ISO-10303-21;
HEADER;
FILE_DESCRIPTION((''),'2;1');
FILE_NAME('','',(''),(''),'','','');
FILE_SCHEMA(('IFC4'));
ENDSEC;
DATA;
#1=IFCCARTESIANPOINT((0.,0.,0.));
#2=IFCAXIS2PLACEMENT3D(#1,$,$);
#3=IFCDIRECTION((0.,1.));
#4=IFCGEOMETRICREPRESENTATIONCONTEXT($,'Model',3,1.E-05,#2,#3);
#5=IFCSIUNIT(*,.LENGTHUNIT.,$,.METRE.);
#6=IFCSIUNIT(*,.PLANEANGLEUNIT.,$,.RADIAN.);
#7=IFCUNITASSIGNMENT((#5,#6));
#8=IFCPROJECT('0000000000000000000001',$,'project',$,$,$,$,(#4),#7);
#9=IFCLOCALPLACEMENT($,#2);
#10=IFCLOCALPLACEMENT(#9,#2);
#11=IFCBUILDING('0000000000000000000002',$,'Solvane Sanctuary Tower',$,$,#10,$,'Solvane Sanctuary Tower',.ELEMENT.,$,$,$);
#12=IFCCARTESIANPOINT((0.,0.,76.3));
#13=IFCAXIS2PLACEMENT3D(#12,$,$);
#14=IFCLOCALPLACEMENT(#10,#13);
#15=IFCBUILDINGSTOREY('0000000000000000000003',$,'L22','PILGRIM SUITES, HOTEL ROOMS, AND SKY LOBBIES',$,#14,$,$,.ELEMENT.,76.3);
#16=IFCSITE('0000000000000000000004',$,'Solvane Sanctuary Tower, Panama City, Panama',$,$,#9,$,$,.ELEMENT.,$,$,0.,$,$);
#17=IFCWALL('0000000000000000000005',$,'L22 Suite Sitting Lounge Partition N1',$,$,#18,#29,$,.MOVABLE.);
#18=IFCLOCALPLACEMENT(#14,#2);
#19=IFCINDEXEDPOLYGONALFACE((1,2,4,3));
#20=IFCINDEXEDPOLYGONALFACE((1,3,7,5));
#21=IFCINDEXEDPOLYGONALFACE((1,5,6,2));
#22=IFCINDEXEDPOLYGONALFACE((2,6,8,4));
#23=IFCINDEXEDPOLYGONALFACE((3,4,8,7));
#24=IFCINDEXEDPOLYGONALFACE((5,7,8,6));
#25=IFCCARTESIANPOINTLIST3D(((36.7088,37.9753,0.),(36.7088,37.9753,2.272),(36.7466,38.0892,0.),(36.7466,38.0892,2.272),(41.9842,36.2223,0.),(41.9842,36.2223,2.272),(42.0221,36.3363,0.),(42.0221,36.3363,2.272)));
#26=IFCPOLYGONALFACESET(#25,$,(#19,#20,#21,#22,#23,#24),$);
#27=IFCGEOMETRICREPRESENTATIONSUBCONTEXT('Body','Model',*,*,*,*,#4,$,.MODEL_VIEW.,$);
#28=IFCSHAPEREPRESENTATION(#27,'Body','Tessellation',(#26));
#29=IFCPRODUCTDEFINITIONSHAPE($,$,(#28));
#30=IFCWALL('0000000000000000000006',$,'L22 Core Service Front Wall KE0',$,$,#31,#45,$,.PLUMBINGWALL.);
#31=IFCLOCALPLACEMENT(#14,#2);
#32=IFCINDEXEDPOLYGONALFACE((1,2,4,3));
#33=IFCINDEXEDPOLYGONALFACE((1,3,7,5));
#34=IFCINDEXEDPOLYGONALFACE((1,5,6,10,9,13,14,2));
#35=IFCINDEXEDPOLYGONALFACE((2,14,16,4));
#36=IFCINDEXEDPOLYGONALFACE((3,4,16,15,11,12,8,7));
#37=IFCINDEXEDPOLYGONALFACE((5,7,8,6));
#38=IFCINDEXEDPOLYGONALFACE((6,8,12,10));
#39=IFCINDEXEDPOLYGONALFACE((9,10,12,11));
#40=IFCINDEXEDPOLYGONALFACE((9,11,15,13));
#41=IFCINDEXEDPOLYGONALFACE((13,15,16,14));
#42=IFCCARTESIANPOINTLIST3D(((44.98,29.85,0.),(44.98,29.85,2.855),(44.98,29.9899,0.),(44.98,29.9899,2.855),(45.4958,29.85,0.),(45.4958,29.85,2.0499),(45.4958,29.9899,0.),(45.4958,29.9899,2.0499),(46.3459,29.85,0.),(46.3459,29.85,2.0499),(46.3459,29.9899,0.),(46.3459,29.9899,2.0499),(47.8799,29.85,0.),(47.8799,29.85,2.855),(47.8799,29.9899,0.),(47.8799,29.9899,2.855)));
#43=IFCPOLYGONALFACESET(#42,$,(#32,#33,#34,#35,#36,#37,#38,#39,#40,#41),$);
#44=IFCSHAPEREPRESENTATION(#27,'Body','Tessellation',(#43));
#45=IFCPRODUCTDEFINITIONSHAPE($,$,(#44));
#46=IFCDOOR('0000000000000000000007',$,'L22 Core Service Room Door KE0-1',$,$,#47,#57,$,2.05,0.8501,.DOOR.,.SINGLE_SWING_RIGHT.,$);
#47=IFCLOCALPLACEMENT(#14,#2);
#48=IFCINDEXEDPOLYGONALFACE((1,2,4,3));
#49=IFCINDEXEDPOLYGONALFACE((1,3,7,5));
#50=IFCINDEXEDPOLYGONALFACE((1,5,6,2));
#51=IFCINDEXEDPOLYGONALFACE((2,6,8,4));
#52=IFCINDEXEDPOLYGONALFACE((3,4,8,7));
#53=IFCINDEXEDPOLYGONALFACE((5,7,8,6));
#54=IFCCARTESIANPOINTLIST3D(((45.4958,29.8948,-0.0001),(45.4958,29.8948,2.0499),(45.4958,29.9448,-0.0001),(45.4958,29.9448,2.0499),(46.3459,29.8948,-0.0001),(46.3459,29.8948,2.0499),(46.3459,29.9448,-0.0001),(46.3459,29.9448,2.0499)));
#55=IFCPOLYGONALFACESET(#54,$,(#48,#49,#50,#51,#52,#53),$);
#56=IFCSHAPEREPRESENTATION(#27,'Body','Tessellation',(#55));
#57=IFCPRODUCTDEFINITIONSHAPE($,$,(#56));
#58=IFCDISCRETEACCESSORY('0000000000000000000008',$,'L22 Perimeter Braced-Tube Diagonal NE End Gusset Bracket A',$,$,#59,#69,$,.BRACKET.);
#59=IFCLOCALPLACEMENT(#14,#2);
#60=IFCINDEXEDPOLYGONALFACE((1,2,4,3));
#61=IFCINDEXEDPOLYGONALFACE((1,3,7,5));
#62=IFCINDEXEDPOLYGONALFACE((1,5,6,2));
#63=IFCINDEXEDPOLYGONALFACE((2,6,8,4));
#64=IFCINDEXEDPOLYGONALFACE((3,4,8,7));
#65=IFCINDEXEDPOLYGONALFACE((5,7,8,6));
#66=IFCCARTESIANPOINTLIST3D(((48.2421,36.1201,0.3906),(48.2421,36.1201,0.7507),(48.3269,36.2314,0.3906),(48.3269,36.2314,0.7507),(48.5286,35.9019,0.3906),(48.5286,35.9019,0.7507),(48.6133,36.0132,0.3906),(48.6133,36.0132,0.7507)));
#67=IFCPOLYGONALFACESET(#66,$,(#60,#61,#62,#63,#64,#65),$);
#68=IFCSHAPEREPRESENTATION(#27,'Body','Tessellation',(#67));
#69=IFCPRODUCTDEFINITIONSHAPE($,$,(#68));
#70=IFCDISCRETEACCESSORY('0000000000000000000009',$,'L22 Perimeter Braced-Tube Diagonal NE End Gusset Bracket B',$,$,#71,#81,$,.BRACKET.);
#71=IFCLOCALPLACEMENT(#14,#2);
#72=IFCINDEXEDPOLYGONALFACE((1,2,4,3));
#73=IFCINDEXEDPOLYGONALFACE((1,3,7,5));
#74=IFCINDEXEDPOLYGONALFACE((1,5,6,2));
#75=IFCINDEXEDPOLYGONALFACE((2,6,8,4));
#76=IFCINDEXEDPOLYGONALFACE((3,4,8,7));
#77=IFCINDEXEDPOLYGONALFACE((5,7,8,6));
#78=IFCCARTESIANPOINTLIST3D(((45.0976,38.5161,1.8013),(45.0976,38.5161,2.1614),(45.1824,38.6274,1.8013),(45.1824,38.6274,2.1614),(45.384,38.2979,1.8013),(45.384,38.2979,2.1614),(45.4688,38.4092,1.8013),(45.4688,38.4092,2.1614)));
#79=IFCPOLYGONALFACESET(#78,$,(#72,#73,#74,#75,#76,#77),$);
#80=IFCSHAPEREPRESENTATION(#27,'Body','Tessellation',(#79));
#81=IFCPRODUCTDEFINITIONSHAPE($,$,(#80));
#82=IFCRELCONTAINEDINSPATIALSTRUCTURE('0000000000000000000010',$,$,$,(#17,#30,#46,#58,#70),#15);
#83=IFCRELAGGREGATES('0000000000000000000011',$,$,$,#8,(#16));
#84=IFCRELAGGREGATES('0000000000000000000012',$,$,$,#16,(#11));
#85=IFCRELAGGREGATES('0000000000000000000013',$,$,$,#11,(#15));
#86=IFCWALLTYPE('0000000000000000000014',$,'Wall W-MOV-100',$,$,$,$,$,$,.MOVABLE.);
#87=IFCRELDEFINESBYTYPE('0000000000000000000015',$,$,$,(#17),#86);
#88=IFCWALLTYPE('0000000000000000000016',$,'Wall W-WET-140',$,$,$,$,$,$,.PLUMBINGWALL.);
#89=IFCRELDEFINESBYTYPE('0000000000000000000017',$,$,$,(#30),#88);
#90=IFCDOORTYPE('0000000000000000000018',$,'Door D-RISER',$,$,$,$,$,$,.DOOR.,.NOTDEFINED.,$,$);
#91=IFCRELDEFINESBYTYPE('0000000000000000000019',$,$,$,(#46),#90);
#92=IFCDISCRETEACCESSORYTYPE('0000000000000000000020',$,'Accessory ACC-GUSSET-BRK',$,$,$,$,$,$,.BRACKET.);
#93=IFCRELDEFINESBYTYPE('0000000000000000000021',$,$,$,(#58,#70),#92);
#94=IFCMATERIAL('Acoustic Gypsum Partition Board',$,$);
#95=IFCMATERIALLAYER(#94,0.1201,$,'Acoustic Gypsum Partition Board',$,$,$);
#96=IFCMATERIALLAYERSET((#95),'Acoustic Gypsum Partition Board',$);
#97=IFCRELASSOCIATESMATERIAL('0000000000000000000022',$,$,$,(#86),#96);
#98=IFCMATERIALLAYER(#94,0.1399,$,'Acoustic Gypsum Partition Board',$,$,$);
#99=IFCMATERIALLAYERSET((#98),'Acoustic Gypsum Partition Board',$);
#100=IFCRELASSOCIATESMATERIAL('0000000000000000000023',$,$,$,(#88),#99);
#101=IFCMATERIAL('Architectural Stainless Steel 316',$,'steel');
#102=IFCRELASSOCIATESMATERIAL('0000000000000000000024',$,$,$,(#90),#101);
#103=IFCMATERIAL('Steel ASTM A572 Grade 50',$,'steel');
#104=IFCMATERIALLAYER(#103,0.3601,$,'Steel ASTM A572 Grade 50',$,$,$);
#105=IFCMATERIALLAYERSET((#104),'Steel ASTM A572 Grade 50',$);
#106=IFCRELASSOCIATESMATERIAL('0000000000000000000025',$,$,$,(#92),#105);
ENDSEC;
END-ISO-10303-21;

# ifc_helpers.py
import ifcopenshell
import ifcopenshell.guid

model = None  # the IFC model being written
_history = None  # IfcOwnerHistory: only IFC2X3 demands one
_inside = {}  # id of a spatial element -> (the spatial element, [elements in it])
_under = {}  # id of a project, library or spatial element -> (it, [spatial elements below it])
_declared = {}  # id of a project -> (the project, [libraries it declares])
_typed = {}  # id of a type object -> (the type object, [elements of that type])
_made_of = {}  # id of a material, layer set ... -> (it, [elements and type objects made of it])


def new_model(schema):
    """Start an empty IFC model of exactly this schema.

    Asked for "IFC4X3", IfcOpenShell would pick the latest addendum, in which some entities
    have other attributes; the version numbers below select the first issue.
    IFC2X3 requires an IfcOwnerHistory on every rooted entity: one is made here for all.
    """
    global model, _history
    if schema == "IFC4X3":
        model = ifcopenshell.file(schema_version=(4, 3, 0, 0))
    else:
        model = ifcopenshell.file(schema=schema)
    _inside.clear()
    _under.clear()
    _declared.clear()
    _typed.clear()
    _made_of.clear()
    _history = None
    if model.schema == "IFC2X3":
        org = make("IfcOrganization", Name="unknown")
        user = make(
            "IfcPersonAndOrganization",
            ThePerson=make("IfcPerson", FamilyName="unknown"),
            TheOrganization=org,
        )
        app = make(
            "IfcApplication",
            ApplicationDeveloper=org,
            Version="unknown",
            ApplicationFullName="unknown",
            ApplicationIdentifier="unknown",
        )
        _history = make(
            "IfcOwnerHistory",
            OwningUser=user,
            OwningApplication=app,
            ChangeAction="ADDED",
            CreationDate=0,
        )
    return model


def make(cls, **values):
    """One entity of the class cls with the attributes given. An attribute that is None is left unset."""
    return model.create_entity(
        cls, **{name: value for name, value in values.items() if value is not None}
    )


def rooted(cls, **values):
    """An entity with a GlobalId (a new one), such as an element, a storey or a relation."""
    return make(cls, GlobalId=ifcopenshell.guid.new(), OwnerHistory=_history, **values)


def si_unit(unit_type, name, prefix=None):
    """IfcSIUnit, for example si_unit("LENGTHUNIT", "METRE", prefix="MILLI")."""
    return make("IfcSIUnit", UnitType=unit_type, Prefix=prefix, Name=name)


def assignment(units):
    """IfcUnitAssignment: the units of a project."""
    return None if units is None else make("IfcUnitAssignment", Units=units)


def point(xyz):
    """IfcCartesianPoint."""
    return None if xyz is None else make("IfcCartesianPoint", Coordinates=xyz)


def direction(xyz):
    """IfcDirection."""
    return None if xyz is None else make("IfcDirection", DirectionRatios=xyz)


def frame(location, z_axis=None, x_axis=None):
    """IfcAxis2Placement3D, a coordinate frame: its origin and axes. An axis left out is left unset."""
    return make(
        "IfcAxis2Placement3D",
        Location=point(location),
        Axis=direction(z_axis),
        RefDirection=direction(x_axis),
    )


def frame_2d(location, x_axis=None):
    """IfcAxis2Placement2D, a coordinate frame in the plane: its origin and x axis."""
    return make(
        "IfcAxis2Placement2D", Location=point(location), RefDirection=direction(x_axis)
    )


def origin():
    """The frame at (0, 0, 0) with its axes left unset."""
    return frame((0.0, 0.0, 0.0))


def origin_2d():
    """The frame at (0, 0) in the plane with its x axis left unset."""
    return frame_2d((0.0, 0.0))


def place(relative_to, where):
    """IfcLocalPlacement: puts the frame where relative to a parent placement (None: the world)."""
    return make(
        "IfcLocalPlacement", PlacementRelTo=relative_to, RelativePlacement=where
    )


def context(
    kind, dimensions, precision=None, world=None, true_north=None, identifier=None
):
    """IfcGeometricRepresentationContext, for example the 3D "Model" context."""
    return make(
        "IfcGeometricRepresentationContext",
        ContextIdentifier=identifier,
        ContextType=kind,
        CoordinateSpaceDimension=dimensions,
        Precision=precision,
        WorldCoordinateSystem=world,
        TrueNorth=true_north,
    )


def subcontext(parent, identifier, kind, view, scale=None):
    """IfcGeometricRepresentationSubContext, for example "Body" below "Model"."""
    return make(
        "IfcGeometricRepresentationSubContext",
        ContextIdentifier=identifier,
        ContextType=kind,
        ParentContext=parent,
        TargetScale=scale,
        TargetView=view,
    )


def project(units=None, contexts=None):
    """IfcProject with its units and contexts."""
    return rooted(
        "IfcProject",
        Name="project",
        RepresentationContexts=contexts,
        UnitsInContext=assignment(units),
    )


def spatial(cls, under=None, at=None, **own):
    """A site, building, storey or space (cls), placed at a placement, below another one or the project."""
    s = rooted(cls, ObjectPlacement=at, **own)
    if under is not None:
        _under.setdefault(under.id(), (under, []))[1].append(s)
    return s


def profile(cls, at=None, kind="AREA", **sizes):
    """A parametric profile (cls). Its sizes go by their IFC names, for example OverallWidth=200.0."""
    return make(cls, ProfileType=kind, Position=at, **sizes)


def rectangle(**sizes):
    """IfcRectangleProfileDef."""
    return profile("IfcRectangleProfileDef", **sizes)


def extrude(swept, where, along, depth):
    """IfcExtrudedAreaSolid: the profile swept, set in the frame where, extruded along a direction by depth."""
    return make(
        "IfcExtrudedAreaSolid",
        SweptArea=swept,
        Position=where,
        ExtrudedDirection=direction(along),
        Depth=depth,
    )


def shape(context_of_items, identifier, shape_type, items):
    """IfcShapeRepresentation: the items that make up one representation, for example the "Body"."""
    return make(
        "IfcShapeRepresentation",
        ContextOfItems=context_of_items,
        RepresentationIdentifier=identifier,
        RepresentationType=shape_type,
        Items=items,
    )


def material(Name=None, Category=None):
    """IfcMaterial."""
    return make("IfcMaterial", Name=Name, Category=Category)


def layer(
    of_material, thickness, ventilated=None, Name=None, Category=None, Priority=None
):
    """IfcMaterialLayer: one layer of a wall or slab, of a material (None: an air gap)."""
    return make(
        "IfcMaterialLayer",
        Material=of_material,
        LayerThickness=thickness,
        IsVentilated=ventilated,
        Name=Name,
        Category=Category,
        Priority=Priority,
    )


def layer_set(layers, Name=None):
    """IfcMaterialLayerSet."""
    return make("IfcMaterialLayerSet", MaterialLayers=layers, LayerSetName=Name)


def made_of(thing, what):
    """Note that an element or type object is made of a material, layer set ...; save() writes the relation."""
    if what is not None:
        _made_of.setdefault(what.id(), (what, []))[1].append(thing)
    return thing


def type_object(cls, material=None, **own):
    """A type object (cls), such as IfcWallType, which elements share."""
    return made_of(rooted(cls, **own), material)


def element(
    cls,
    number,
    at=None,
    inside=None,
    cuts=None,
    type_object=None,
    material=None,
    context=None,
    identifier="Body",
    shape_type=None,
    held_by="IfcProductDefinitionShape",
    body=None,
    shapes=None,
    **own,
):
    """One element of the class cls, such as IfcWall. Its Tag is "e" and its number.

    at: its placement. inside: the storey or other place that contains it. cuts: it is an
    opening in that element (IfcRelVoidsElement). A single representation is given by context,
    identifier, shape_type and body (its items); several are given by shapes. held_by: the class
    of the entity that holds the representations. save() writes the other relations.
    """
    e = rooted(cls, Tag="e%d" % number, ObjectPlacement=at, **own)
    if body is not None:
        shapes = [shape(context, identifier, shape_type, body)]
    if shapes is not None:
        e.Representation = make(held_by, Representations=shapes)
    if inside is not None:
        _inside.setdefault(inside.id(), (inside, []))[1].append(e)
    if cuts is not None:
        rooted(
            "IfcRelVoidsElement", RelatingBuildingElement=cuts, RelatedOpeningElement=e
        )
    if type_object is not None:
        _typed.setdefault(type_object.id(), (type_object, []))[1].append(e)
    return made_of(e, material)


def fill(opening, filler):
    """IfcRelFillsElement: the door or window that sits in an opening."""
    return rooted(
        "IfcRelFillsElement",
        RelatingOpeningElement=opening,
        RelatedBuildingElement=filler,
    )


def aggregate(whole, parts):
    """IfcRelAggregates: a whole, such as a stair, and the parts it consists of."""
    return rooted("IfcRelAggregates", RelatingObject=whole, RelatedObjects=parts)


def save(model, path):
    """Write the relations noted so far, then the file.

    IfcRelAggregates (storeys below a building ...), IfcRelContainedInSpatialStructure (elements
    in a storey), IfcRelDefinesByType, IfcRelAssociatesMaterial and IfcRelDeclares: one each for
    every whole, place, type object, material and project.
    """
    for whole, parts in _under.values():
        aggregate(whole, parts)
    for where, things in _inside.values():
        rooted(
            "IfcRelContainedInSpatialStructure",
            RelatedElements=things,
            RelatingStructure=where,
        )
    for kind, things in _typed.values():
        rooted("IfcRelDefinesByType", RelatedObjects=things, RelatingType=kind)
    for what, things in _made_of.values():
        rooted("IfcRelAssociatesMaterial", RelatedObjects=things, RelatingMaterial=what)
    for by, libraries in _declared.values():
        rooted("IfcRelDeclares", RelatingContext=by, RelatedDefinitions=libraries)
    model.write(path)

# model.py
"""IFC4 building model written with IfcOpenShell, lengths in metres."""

from ifc_helpers import new_model, si_unit, direction, frame, frame_2d, origin, origin_2d, place, context, subcontext, project, spatial, rectangle, extrude, material, layer, layer_set, type_object, element, fill, save


model = new_model("IFC4")

# Units and contexts
model_context = context("Model", 3, precision=1e-05, world=origin(), true_north=direction((0.0, 1.0)))
body_context = subcontext(model_context, "Body", "Model", "MODEL_VIEW")
ifc_project = project(units=[si_unit("LENGTHUNIT", "METRE"), si_unit("PLANEANGLEUNIT", "RADIAN")], contexts=[model_context])

# Site, building, storey
site_placement = place(None, origin())
site = spatial("IfcSite", under=ifc_project, at=site_placement, Name="Solvane Sanctuary Tower, Panama City, Panama", CompositionType="ELEMENT", RefElevation=0.0)
building_placement = place(site_placement, origin())
building = spatial("IfcBuilding", under=site, at=building_placement, Name="Solvane Sanctuary Tower", LongName="Solvane Sanctuary Tower", CompositionType="ELEMENT")
storey_placement = place(building_placement, frame((0.0, 0.0, 76.3)))
storey = spatial("IfcBuildingStorey", under=building, at=storey_placement, Name="L22", Description="PILGRIM SUITES, HOTEL ROOMS, AND SKY LOBBIES", CompositionType="ELEMENT", Elevation=76.3)

# Shared definitions
ifc_material_1 = material(Name="Acoustic Gypsum Partition Board")

# Wall
ifc_layer_1 = layer(ifc_material_1, 0.1201, Name="Acoustic Gypsum Partition Board")
ifc_layer_set_1 = layer_set([ifc_layer_1], Name="Acoustic Gypsum Partition Board")
wall_type_1 = type_object("IfcWallType", Name="Wall W-MOV-100", PredefinedType="MOVABLE", material=ifc_layer_set_1)
wall_1_placement = place(storey_placement, frame((42.0032, 36.2793, 0.0), z_axis=(0.0, 0.0, 1.0), x_axis=(-0.948982, 0.315332, 0.0)))
element("IfcWall", 1, at=wall_1_placement, inside=storey, type_object=wall_type_1, Name="L22 Suite Sitting Lounge Partition N1", PredefinedType="MOVABLE", context=body_context, shape_type="SweptSolid", body=[
    extrude(rectangle(XDim=5.5591, YDim=0.1201, at=frame_2d((2.7795, 0.0))), origin(), (0.0, 0.0, 1.0), 2.272),
])

# Wall, opening, door
ifc_layer_2 = layer(ifc_material_1, 0.1399, Name="Acoustic Gypsum Partition Board")
ifc_layer_set_2 = layer_set([ifc_layer_2], Name="Acoustic Gypsum Partition Board")
wall_type_2 = type_object("IfcWallType", Name="Wall W-WET-140", PredefinedType="PLUMBINGWALL", material=ifc_layer_set_2)
wall_2_placement = place(storey_placement, frame((44.98, 29.9199, 0.0), z_axis=(0.0, 0.0, 1.0), x_axis=(1.0, 0.0, 0.0)))
wall_2 = element("IfcWall", 2, at=wall_2_placement, inside=storey, type_object=wall_type_2, Name="L22 Core Service Front Wall KE0", PredefinedType="PLUMBINGWALL", context=body_context, shape_type="SweptSolid", body=[
    extrude(rectangle(XDim=2.8999, YDim=0.1399, at=frame_2d((1.45, 0.0))), origin(), (0.0, 0.0, 1.0), 2.855),
])
opening_1_placement = place(wall_2_placement, frame((0.5159, 0.0, 0.0)))
opening_1 = element("IfcOpeningElement", 3, at=opening_1_placement, cuts=wall_2, PredefinedType="OPENING", context=body_context, shape_type="SweptSolid", body=[
    extrude(rectangle(XDim=0.8501, YDim=2.05, at=frame_2d((0.425, 1.0249))), frame((0.0, 0.0798, 0.0), z_axis=(0.0, -1.0, 0.0), x_axis=(1.0, 0.0, 0.0)), (0.0, 0.0, 1.0), 0.1599),
])
ifc_material_2 = material(Name="Architectural Stainless Steel 316", Category="steel")
door_type = type_object("IfcDoorType", Name="Door D-RISER", OperationType="NOTDEFINED", PredefinedType="DOOR", material=ifc_material_2)
door_placement = place(opening_1_placement, origin())
door = element("IfcDoor", 4, at=door_placement, inside=storey, type_object=door_type, Name="L22 Core Service Room Door KE0-1", OperationType="SINGLE_SWING_RIGHT", OverallHeight=2.05, OverallWidth=0.8501, PredefinedType="DOOR", context=body_context, shape_type="SweptSolid", body=[
    extrude(rectangle(XDim=0.8501, YDim=2.05, at=frame_2d((0.425, 1.0249))), frame((0.0, 0.0249, 0.0), z_axis=(0.0, -1.0, 0.0), x_axis=(1.0, 0.0, 0.0)), (0.0, 0.0, 1.0), 0.05),
])
fill(opening_1, door)

# Discrete accessories
ifc_material_3 = material(Name="Steel ASTM A572 Grade 50", Category="steel")
ifc_layer_3 = layer(ifc_material_3, 0.3601, Name="Steel ASTM A572 Grade 50")
ifc_layer_set_3 = layer_set([ifc_layer_3], Name="Steel ASTM A572 Grade 50")
discrete_accessory_type = type_object("IfcDiscreteAccessoryType", Name="Accessory ACC-GUSSET-BRK", PredefinedType="BRACKET", material=ifc_layer_set_3)
for number, where, z_axis, x_axis, name in (
    (5, (48.4277, 36.0667, 0.3906), (0.0, 0.0, 1.0), (-0.795473, 0.605988, 0.0), "L22 Perimeter Braced-Tube Diagonal NE End Gusset Bracket A"),
    (6, (45.2832, 38.4626, 1.8013), (0.0, 0.0, 1.0), (-0.795473, 0.605988, 0.0), "L22 Perimeter Braced-Tube Diagonal NE End Gusset Bracket B"),
):
    element("IfcDiscreteAccessory", number, at=place(storey_placement, frame(where, z_axis=z_axis, x_axis=x_axis)), inside=storey, type_object=discrete_accessory_type, Name=name, PredefinedType="BRACKET", context=body_context, shape_type="SweptSolid", body=[
        extrude(rectangle(XDim=0.3601, YDim=0.1399, at=origin_2d()), origin(), (0.0, 0.0, 1.0), 0.3601),
    ])

save(model, "model.ifc")
